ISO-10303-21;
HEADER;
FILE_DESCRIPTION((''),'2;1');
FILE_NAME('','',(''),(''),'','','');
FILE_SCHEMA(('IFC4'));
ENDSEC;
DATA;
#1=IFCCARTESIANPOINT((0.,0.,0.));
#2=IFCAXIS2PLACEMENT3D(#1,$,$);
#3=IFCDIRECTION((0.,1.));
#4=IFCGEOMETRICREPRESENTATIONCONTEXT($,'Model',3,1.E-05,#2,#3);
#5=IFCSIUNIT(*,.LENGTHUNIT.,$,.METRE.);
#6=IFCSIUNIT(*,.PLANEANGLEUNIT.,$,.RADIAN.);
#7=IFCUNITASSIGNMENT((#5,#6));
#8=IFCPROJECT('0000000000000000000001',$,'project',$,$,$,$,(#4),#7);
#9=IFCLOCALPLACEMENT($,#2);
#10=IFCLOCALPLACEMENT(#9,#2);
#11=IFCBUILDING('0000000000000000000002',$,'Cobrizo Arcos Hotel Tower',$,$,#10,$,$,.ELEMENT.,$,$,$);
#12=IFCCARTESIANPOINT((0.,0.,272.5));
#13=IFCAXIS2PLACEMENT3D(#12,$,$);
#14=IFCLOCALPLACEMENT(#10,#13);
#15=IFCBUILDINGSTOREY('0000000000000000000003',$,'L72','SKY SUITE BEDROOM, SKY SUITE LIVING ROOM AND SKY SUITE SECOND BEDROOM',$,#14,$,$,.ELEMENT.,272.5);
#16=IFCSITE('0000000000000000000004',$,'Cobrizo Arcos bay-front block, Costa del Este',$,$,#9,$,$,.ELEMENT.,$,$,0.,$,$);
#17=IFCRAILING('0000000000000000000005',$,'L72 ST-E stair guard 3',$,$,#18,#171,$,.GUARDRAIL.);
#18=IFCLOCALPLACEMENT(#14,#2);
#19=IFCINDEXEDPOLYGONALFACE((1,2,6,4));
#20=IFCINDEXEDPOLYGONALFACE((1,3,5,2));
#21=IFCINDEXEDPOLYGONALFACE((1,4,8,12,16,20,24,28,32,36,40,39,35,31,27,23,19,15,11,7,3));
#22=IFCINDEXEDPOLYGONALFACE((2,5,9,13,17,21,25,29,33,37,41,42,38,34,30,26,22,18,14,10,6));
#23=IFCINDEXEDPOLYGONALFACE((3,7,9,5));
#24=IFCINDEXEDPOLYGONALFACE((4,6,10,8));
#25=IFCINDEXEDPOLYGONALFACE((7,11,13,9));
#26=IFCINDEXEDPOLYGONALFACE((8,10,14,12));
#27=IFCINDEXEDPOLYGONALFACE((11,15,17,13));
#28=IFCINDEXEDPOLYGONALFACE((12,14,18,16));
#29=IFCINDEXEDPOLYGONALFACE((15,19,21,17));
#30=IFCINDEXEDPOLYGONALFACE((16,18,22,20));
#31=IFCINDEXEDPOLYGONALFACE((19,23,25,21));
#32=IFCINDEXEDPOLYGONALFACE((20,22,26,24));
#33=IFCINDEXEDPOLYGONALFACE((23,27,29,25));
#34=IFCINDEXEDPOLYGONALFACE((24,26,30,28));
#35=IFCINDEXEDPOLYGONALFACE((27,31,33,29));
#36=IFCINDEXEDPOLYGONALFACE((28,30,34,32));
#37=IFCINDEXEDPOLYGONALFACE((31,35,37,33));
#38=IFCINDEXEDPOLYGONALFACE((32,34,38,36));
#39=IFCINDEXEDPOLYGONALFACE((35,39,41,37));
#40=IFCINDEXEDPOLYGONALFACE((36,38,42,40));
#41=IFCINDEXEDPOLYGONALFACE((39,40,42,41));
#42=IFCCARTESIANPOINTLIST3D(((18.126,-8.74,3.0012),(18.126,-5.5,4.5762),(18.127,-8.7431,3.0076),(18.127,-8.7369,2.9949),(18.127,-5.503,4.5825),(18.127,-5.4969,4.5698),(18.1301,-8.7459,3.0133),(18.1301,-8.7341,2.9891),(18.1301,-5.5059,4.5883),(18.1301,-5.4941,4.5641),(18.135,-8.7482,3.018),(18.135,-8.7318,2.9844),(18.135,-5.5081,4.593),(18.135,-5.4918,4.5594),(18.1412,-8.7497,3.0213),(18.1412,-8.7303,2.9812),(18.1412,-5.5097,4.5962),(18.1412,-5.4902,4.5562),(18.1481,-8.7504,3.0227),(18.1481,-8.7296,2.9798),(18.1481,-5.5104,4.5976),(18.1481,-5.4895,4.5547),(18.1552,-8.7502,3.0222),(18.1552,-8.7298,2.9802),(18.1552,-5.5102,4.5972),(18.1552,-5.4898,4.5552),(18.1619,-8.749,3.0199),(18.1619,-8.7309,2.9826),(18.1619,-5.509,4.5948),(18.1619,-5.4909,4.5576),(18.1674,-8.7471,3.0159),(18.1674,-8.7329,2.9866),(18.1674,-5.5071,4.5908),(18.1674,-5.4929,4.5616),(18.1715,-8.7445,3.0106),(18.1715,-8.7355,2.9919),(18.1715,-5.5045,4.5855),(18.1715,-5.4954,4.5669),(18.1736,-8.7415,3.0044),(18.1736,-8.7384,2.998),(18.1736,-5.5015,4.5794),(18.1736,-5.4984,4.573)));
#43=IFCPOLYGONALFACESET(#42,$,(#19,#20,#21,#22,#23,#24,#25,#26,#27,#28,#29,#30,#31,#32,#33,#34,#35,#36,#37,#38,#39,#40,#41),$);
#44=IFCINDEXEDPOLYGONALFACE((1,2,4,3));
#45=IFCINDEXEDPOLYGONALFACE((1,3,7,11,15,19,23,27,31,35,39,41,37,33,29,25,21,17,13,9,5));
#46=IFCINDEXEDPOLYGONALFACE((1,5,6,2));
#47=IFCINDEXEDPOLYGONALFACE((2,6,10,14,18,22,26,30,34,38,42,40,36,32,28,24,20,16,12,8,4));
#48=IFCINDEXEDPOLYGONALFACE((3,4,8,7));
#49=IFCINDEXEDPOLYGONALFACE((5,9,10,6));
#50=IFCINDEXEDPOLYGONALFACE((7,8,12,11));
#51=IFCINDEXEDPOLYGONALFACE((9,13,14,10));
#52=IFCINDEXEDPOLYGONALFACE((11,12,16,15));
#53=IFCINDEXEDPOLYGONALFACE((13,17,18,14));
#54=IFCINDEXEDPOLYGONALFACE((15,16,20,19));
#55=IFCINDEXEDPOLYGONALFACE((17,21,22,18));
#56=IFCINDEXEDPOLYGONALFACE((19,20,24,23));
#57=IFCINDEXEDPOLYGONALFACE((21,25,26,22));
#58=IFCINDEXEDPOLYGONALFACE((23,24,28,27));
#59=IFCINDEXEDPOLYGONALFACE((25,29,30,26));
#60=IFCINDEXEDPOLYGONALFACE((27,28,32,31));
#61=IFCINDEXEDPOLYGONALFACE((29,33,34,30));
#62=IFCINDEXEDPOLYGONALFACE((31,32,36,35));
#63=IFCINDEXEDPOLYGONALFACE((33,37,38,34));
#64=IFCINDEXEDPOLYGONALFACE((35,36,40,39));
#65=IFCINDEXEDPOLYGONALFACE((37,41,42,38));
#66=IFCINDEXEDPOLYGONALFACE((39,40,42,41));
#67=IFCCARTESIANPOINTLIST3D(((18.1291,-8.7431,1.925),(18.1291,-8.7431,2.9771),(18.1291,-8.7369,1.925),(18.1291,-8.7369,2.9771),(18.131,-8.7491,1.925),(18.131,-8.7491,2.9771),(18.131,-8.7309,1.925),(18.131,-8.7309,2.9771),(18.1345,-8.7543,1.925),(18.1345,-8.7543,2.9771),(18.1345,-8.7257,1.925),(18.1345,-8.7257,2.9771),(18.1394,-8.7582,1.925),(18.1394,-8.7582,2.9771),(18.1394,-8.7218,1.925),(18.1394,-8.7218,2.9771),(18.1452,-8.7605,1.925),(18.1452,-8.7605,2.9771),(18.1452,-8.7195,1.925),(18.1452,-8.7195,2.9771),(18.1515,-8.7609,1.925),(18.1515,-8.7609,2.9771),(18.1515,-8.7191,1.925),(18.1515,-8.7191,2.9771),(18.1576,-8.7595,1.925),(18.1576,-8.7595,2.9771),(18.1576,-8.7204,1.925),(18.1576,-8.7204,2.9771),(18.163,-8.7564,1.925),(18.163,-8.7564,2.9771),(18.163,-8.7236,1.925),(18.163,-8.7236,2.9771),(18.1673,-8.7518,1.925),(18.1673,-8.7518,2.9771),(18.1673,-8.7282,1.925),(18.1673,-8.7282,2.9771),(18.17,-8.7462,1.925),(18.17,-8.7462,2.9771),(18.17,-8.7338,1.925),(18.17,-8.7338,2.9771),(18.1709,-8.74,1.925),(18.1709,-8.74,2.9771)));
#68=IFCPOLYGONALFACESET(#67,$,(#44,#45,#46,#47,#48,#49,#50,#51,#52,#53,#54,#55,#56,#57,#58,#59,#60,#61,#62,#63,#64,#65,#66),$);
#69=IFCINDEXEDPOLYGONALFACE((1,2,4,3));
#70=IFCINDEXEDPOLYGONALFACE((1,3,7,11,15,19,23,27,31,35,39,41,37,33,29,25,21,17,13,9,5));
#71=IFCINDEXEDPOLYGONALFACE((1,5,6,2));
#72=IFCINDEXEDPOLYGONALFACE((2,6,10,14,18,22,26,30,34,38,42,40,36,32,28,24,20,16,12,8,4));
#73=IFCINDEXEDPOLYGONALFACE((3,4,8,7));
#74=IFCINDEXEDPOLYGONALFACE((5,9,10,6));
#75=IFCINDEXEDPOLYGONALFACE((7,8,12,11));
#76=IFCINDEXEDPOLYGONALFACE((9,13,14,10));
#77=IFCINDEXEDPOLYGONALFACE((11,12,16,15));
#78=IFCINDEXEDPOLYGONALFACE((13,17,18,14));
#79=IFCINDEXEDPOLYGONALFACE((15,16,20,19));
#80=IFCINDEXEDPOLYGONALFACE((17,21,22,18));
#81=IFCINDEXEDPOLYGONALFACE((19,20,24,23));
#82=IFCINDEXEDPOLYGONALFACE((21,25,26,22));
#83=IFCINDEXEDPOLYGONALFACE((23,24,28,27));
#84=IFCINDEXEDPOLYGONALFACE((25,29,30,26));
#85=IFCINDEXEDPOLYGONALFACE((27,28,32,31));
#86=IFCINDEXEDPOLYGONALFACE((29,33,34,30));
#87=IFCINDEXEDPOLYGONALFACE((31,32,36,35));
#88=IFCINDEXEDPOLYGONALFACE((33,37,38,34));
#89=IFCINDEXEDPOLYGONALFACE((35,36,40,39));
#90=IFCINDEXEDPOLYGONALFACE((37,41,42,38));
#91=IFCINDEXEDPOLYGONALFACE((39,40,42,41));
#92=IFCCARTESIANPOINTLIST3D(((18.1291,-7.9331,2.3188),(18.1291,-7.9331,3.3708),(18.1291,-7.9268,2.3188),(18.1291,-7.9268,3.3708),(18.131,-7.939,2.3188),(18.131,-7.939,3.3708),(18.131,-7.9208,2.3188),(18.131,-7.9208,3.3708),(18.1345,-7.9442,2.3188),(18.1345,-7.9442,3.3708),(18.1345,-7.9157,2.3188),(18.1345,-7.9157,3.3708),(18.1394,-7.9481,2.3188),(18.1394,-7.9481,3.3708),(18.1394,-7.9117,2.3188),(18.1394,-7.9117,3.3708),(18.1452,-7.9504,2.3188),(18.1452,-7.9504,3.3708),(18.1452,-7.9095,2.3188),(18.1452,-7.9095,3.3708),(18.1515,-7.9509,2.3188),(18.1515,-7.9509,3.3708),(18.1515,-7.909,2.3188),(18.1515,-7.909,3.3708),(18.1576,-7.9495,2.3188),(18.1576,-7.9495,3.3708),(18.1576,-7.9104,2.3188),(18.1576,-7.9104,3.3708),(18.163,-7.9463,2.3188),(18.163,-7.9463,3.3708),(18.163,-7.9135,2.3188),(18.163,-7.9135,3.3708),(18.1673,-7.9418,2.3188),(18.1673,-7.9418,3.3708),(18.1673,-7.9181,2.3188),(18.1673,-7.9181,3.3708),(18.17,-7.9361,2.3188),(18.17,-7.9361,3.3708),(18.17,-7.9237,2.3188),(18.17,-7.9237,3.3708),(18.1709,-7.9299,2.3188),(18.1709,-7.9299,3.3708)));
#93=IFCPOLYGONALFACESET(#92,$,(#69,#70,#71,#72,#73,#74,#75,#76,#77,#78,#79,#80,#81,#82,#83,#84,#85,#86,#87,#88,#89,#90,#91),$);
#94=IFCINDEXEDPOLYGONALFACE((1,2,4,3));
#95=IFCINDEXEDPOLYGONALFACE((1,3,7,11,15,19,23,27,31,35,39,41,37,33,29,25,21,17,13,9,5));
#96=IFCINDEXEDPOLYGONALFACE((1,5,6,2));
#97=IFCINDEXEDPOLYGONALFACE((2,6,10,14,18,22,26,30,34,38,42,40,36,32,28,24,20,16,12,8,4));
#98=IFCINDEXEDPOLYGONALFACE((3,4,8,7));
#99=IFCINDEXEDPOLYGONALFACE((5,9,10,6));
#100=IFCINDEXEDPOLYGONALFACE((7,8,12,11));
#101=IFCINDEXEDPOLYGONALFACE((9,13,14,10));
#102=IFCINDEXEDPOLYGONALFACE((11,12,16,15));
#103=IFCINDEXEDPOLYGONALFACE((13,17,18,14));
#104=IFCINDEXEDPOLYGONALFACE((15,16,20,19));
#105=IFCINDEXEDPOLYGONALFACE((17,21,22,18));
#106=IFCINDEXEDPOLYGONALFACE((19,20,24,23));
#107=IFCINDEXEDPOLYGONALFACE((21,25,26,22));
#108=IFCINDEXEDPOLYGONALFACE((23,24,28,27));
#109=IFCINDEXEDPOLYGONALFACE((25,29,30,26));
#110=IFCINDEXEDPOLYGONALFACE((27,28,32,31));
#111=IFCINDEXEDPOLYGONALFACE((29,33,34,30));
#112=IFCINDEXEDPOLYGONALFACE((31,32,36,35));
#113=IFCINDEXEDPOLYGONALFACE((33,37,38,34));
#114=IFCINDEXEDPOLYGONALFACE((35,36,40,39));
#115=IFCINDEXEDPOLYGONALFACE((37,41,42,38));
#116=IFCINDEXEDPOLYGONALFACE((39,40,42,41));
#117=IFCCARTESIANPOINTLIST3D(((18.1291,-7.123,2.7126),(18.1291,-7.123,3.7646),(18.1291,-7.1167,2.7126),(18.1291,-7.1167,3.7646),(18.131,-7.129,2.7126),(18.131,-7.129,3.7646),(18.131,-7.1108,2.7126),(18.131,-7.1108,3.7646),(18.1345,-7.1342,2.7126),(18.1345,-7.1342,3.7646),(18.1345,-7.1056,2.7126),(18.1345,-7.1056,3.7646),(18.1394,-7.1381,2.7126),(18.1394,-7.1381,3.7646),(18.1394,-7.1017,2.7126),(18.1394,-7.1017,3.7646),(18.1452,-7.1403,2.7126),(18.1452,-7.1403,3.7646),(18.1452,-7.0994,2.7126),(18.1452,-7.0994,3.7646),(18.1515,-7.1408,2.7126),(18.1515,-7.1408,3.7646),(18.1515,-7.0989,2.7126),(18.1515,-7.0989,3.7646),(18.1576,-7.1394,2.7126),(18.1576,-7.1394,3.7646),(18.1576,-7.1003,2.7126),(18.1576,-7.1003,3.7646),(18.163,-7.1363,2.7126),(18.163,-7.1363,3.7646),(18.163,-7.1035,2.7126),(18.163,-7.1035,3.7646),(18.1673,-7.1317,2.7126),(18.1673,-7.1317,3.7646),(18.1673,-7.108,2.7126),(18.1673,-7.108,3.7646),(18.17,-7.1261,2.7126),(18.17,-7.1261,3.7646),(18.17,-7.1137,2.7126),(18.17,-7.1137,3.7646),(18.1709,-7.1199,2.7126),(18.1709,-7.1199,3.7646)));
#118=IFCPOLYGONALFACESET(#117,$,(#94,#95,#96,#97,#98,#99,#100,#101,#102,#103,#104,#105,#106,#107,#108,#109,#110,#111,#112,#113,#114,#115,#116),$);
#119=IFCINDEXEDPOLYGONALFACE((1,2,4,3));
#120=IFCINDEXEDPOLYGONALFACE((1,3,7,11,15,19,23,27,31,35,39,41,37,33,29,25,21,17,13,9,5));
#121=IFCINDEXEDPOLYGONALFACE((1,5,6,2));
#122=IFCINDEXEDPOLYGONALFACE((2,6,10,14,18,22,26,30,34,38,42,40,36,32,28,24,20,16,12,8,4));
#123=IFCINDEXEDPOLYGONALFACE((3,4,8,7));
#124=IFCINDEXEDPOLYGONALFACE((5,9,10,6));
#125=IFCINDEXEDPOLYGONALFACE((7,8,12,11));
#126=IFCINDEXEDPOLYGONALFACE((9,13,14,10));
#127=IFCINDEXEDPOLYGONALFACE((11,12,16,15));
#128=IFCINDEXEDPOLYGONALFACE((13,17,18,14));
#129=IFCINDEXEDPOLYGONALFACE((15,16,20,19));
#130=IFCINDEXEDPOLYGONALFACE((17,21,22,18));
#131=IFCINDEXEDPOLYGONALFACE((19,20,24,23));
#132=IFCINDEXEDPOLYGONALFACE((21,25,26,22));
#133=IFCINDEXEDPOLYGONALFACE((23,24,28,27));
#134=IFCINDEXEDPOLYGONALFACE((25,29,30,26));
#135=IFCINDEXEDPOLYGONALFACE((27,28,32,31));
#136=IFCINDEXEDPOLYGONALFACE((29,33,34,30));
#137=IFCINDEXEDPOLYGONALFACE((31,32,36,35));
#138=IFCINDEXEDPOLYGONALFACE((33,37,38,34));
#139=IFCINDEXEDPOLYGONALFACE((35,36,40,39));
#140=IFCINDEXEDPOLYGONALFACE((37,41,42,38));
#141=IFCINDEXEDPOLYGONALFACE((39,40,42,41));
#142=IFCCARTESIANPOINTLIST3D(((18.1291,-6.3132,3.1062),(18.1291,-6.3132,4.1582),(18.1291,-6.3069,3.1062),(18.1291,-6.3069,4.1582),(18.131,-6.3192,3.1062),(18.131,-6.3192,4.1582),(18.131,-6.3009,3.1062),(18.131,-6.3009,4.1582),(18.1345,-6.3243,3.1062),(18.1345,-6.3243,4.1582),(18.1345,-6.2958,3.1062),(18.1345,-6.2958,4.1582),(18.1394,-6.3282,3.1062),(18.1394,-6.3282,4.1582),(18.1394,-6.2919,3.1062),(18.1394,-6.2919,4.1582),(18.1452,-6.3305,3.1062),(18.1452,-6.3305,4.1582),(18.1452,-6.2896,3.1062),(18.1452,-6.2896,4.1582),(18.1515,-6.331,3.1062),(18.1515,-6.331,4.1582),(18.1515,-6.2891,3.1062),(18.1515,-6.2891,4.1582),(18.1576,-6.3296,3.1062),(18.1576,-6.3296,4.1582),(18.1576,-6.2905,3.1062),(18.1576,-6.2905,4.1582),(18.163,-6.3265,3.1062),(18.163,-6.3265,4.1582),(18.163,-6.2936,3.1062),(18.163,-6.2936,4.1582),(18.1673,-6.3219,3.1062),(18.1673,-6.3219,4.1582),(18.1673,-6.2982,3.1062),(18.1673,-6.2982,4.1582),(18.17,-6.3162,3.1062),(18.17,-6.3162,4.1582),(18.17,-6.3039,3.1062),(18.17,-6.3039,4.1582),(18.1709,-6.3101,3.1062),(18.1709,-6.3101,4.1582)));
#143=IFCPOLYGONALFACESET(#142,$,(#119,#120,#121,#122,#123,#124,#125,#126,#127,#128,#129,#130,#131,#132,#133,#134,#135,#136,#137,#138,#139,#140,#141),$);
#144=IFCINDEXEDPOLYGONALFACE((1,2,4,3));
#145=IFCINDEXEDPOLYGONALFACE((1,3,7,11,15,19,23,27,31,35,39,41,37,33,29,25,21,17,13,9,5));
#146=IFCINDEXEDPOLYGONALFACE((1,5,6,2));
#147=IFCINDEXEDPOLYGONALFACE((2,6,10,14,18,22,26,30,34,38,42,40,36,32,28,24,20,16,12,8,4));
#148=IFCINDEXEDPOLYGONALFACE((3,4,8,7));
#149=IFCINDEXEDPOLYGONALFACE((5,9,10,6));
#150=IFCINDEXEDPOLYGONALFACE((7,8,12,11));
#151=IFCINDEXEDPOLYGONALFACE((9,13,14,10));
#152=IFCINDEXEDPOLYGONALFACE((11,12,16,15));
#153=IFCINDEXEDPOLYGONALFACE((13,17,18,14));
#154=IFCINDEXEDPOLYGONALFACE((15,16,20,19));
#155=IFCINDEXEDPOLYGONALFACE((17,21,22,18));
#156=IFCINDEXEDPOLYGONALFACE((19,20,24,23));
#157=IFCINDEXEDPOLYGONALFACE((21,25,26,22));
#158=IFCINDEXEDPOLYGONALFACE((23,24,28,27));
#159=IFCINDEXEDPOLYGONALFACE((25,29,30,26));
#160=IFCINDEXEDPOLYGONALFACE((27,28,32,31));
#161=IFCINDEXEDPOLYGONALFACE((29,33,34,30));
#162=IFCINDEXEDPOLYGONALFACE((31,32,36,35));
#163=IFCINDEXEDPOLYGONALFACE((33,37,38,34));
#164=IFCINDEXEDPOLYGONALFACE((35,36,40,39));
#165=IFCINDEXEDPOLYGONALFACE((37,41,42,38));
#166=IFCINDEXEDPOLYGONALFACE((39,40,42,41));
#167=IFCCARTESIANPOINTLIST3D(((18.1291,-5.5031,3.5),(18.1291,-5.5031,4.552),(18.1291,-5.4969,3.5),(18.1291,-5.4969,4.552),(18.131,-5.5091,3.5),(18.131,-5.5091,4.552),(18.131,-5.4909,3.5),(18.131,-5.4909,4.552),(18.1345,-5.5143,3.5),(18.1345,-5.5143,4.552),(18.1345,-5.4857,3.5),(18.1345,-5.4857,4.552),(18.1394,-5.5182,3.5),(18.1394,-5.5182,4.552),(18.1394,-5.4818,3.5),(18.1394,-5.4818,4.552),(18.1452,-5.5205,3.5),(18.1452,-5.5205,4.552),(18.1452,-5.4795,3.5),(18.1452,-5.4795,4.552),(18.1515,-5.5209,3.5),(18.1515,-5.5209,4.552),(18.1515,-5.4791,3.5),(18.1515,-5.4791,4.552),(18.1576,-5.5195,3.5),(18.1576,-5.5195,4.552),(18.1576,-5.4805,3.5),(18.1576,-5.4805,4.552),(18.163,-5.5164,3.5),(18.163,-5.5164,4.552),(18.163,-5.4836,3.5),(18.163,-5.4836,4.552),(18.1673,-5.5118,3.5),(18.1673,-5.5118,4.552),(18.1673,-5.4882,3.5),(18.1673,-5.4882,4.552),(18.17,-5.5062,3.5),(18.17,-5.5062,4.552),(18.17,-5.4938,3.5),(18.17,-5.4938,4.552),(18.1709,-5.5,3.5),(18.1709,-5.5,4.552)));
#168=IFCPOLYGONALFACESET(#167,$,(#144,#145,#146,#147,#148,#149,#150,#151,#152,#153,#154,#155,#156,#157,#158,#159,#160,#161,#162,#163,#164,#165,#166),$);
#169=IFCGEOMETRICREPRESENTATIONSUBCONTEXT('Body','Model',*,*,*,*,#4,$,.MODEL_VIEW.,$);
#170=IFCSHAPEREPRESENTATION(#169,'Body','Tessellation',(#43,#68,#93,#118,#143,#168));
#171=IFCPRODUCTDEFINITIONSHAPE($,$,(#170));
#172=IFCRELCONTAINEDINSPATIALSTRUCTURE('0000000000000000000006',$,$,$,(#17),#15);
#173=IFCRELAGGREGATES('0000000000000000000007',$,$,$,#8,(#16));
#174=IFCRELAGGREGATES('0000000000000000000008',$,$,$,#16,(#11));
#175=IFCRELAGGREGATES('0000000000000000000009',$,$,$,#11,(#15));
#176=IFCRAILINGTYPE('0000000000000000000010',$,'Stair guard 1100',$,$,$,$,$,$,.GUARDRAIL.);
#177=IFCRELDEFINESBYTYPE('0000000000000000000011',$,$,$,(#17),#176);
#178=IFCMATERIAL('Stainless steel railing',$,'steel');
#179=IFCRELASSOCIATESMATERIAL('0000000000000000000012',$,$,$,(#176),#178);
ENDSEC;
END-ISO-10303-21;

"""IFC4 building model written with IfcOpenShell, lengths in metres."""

from ifc_helpers import new_model, si_unit, direction, frame, origin, origin_2d, place, context, subcontext, project, spatial, circle, extrude, material, type_object, element, save


model = new_model("IFC4")

# Units and contexts
model_context = context("Model", 3, precision=1e-05, world=origin(), true_north=direction((0.0, 1.0)))
body_context = subcontext(model_context, "Body", "Model", "MODEL_VIEW")
ifc_project = project(units=[si_unit("LENGTHUNIT", "METRE"), si_unit("PLANEANGLEUNIT", "RADIAN")], contexts=[model_context])

# Site, building, storey
site_placement = place(None, origin())
site = spatial("IfcSite", under=ifc_project, at=site_placement, Name="Cobrizo Arcos bay-front block, Costa del Este", CompositionType="ELEMENT", RefElevation=0.0)
building_placement = place(site_placement, origin())
building = spatial("IfcBuilding", under=site, at=building_placement, Name="Cobrizo Arcos Hotel Tower", CompositionType="ELEMENT")
storey_placement = place(building_placement, frame((0.0, 0.0, 272.5)))
storey = spatial("IfcBuildingStorey", under=building, at=storey_placement, Name="L72", Description="SKY SUITE BEDROOM, SKY SUITE LIVING ROOM AND SKY SUITE SECOND BEDROOM", CompositionType="ELEMENT", Elevation=272.5)

# Railing
ifc_material_1 = material(Name="Stainless steel railing", Category="steel")
railing_type_1 = type_object("IfcRailingType", Name="Stair guard 1100", PredefinedType="GUARDRAIL", material=ifc_material_1)
railing_1_placement = place(storey_placement, frame((18.1499, -8.74, 1.925)))
element("IfcRailing", 1, at=railing_1_placement, inside=storey, type_object=railing_type_1, Name="L72 ST-E stair guard 3", PredefinedType="GUARDRAIL", context=body_context, shape_type="SweptSolid", body=[
    extrude(circle(Radius=0.0239, at=origin_2d()), frame((0.0, 0.0, 1.0762), z_axis=(0.0, 0.899373, 0.437183), x_axis=(-1.0, 0.0, 0.0)), (0.0, 0.0, 1.0), 3.6025),
    extrude(circle(Radius=0.021, at=origin_2d()), origin(), (0.0, 0.0, 1.0), 1.052),
    extrude(circle(Radius=0.021, at=origin_2d()), frame((0.0, 0.8101, 0.3938)), (0.0, 0.0, 1.0), 1.052),
    extrude(circle(Radius=0.021, at=origin_2d()), frame((0.0, 1.6201, 0.7876)), (0.0, 0.0, 1.0), 1.052),
    extrude(circle(Radius=0.021, at=origin_2d()), frame((0.0, 2.4299, 1.1812)), (0.0, 0.0, 1.0), 1.052),
    extrude(circle(Radius=0.021, at=origin_2d()), frame((0.0, 3.24, 1.575)), (0.0, 0.0, 1.0), 1.052),
])

save(model, "model.ifc")
